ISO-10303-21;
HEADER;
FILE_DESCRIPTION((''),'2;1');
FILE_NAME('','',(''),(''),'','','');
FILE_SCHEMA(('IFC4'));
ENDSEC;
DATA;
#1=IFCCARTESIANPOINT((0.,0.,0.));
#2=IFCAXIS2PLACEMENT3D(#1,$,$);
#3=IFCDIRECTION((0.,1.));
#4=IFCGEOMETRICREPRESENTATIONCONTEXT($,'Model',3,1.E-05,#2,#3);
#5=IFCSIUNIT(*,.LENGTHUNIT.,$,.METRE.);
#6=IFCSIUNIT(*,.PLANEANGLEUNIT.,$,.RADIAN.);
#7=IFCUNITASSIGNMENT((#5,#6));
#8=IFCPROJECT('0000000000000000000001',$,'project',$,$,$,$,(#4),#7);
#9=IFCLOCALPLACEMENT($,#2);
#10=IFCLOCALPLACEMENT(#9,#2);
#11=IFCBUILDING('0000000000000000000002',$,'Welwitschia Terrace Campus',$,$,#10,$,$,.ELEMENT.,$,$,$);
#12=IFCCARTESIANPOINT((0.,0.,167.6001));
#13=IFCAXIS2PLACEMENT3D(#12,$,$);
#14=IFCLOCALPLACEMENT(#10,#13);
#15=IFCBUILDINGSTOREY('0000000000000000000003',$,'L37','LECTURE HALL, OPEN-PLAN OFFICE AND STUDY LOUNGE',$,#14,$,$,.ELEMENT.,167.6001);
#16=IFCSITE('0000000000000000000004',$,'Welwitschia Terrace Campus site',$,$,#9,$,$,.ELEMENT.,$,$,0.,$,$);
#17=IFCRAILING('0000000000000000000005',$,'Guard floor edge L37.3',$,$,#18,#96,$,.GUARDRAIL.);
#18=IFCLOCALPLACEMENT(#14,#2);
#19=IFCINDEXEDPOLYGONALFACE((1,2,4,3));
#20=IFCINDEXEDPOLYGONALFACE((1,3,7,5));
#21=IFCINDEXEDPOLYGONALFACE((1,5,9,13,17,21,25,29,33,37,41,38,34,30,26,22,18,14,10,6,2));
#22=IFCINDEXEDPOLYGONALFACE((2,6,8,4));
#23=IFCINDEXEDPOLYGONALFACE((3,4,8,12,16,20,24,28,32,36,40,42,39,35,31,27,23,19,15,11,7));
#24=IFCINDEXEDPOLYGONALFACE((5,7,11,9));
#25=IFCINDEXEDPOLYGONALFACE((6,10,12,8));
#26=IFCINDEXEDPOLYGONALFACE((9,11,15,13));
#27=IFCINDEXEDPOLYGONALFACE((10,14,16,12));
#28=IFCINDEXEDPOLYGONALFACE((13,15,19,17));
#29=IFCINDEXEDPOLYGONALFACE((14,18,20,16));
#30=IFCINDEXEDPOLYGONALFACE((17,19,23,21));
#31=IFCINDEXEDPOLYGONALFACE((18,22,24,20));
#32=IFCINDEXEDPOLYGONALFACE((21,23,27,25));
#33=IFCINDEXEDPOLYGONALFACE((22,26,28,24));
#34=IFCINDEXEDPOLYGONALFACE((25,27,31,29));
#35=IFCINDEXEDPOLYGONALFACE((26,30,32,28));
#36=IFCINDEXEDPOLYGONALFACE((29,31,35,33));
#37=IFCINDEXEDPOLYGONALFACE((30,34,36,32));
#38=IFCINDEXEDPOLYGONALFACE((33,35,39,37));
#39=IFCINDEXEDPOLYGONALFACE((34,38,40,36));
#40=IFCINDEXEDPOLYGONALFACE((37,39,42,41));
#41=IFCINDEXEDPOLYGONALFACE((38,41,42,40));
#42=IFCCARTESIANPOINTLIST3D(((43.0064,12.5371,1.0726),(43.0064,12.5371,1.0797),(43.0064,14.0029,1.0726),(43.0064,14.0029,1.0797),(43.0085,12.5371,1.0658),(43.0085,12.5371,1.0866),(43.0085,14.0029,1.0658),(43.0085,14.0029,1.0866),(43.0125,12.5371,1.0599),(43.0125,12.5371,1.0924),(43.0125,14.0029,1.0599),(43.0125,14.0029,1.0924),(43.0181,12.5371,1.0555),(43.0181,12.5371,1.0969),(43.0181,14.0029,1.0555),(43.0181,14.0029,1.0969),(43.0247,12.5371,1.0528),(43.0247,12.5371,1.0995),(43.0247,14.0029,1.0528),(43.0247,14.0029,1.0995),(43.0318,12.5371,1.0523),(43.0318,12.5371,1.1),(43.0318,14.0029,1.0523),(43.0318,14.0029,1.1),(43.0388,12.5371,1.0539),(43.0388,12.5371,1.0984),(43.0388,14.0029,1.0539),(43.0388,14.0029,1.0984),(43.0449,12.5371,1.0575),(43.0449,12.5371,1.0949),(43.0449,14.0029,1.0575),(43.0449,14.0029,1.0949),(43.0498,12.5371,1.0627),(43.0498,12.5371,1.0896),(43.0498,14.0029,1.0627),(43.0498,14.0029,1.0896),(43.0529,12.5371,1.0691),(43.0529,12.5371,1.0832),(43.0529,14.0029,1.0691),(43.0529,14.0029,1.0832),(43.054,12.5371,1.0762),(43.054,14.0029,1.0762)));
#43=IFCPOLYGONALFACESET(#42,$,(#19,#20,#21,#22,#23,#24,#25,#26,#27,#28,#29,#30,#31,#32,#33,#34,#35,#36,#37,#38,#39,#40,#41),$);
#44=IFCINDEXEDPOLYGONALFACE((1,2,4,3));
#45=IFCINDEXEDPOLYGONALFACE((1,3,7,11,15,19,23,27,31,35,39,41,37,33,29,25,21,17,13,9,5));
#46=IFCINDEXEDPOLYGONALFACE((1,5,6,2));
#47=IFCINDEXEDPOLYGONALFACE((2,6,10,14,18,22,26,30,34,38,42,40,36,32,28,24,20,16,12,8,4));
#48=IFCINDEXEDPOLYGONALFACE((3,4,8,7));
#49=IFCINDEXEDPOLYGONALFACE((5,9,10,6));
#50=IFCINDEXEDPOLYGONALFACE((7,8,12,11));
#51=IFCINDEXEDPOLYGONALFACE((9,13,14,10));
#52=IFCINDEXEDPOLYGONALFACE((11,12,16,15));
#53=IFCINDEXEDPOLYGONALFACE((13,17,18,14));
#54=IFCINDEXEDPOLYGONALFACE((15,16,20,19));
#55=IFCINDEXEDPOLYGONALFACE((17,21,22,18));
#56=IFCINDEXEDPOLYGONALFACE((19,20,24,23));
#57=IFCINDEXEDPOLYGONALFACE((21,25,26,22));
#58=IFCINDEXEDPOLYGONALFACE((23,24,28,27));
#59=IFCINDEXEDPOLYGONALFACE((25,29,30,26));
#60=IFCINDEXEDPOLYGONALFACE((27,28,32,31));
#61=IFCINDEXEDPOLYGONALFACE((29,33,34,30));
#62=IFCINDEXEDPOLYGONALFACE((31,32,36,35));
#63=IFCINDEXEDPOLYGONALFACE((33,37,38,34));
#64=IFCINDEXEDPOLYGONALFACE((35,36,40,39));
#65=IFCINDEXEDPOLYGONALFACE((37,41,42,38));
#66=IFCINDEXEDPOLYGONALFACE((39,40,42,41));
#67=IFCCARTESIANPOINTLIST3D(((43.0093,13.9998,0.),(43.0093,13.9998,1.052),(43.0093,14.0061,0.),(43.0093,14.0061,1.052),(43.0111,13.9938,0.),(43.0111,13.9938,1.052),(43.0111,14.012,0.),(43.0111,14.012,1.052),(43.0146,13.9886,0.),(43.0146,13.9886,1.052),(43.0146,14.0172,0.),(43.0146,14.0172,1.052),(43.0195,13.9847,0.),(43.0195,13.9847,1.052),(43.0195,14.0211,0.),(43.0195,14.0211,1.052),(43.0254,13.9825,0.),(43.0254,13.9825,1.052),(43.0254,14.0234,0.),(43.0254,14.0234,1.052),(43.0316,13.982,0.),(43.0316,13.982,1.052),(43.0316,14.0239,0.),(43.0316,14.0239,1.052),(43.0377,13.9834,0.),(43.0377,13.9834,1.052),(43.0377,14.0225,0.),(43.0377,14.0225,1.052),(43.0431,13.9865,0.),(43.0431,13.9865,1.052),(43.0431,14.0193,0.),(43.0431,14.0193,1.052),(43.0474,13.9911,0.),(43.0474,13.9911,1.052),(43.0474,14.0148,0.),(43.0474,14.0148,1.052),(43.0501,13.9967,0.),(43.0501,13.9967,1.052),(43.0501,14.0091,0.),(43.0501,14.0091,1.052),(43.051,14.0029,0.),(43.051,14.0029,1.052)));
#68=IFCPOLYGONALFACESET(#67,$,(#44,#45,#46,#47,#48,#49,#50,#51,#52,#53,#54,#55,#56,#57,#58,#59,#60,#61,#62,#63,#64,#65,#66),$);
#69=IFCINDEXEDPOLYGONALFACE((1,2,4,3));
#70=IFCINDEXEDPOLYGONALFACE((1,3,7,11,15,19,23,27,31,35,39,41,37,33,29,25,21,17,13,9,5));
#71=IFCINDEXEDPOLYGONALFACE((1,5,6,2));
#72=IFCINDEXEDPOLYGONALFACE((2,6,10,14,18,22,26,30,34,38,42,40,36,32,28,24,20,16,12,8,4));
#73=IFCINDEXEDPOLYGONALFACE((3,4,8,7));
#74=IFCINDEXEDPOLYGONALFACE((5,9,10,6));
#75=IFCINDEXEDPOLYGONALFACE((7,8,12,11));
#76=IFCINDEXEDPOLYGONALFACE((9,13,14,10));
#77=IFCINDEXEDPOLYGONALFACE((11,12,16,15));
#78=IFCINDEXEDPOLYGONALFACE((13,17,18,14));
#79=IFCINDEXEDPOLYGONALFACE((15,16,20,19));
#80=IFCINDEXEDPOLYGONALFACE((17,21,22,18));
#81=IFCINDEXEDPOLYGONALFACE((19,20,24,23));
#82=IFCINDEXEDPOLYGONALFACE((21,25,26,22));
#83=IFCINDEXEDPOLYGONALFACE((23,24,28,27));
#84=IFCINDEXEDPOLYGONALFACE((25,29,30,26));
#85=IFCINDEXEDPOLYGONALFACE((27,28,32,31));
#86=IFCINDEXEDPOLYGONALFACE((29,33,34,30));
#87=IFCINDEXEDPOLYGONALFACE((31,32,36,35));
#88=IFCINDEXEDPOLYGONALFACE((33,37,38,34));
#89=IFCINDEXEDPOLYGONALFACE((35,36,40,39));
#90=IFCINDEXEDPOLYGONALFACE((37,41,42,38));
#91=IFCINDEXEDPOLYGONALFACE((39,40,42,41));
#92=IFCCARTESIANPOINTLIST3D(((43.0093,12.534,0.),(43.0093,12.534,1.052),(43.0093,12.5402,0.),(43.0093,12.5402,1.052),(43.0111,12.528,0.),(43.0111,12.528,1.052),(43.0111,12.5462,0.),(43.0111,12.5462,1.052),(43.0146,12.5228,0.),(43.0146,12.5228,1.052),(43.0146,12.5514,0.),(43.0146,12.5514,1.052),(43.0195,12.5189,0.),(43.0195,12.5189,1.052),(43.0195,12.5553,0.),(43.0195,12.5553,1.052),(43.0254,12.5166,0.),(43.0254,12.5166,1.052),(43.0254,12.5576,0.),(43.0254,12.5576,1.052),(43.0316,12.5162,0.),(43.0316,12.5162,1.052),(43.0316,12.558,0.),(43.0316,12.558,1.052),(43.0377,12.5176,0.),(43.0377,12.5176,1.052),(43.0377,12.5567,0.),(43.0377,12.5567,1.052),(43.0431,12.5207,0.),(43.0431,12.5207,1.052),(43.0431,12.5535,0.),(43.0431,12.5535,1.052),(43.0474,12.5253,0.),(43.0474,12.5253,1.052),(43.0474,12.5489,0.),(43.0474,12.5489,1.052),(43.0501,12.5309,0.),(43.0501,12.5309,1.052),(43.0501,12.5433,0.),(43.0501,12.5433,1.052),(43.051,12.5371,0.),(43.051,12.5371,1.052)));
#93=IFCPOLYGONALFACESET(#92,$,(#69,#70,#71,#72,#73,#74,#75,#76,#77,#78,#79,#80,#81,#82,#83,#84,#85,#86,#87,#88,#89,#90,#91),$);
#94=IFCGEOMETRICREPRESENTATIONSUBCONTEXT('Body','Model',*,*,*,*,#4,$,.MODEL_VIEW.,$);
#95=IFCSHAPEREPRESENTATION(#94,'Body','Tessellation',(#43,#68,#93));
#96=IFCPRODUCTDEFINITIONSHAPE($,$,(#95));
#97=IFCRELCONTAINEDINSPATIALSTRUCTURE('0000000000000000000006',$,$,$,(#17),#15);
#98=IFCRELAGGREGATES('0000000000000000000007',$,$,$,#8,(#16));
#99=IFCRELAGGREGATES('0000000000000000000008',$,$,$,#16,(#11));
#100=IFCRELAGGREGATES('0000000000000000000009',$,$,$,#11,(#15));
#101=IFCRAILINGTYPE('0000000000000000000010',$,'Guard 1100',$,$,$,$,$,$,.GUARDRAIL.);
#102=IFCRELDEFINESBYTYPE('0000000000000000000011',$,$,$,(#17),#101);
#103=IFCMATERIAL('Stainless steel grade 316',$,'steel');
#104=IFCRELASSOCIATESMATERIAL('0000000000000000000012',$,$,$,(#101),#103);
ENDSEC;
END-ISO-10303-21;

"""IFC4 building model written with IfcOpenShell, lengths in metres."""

from ifc_helpers import new_model, si_unit, direction, frame, origin, origin_2d, place, context, subcontext, project, spatial, circle, extrude, material, type_object, element, save


model = new_model("IFC4")

# Units and contexts
model_context = context("Model", 3, precision=1e-05, world=origin(), true_north=direction((0.0, 1.0)))
body_context = subcontext(model_context, "Body", "Model", "MODEL_VIEW")
ifc_project = project(units=[si_unit("LENGTHUNIT", "METRE"), si_unit("PLANEANGLEUNIT", "RADIAN")], contexts=[model_context])

# Site, building, storey
site_placement = place(None, origin())
site = spatial("IfcSite", under=ifc_project, at=site_placement, Name="Welwitschia Terrace Campus site", CompositionType="ELEMENT", RefElevation=0.0)
building_placement = place(site_placement, origin())
building = spatial("IfcBuilding", under=site, at=building_placement, Name="Welwitschia Terrace Campus", CompositionType="ELEMENT")
storey_placement = place(building_placement, frame((0.0, 0.0, 167.6001)))
storey = spatial("IfcBuildingStorey", under=building, at=storey_placement, Name="L37", Description="LECTURE HALL, OPEN-PLAN OFFICE AND STUDY LOUNGE", CompositionType="ELEMENT", Elevation=167.6001)

# Railing
ifc_material_1 = material(Name="Stainless steel grade 316", Category="steel")
railing_type = type_object("IfcRailingType", Name="Guard 1100", PredefinedType="GUARDRAIL", material=ifc_material_1)
railing_1_placement = place(storey_placement, frame((43.03, 14.0029, 0.0)))
element("IfcRailing", 1, at=railing_1_placement, inside=storey, type_object=railing_type, Name="Guard floor edge L37.3", PredefinedType="GUARDRAIL", context=body_context, shape_type="SweptSolid", body=[
    extrude(circle(Radius=0.0239, at=origin_2d()), frame((0.0, 0.0, 1.0762), z_axis=(0.0, -1.0, 0.0), x_axis=(1.0, 0.0, 0.0)), (0.0, 0.0, 1.0), 1.4658),
    extrude(circle(Radius=0.021, at=origin_2d()), origin(), (0.0, 0.0, 1.0), 1.052),
    extrude(circle(Radius=0.021, at=origin_2d()), frame((0.0, -1.4658, 0.0)), (0.0, 0.0, 1.0), 1.052),
])

save(model, "model.ifc")
